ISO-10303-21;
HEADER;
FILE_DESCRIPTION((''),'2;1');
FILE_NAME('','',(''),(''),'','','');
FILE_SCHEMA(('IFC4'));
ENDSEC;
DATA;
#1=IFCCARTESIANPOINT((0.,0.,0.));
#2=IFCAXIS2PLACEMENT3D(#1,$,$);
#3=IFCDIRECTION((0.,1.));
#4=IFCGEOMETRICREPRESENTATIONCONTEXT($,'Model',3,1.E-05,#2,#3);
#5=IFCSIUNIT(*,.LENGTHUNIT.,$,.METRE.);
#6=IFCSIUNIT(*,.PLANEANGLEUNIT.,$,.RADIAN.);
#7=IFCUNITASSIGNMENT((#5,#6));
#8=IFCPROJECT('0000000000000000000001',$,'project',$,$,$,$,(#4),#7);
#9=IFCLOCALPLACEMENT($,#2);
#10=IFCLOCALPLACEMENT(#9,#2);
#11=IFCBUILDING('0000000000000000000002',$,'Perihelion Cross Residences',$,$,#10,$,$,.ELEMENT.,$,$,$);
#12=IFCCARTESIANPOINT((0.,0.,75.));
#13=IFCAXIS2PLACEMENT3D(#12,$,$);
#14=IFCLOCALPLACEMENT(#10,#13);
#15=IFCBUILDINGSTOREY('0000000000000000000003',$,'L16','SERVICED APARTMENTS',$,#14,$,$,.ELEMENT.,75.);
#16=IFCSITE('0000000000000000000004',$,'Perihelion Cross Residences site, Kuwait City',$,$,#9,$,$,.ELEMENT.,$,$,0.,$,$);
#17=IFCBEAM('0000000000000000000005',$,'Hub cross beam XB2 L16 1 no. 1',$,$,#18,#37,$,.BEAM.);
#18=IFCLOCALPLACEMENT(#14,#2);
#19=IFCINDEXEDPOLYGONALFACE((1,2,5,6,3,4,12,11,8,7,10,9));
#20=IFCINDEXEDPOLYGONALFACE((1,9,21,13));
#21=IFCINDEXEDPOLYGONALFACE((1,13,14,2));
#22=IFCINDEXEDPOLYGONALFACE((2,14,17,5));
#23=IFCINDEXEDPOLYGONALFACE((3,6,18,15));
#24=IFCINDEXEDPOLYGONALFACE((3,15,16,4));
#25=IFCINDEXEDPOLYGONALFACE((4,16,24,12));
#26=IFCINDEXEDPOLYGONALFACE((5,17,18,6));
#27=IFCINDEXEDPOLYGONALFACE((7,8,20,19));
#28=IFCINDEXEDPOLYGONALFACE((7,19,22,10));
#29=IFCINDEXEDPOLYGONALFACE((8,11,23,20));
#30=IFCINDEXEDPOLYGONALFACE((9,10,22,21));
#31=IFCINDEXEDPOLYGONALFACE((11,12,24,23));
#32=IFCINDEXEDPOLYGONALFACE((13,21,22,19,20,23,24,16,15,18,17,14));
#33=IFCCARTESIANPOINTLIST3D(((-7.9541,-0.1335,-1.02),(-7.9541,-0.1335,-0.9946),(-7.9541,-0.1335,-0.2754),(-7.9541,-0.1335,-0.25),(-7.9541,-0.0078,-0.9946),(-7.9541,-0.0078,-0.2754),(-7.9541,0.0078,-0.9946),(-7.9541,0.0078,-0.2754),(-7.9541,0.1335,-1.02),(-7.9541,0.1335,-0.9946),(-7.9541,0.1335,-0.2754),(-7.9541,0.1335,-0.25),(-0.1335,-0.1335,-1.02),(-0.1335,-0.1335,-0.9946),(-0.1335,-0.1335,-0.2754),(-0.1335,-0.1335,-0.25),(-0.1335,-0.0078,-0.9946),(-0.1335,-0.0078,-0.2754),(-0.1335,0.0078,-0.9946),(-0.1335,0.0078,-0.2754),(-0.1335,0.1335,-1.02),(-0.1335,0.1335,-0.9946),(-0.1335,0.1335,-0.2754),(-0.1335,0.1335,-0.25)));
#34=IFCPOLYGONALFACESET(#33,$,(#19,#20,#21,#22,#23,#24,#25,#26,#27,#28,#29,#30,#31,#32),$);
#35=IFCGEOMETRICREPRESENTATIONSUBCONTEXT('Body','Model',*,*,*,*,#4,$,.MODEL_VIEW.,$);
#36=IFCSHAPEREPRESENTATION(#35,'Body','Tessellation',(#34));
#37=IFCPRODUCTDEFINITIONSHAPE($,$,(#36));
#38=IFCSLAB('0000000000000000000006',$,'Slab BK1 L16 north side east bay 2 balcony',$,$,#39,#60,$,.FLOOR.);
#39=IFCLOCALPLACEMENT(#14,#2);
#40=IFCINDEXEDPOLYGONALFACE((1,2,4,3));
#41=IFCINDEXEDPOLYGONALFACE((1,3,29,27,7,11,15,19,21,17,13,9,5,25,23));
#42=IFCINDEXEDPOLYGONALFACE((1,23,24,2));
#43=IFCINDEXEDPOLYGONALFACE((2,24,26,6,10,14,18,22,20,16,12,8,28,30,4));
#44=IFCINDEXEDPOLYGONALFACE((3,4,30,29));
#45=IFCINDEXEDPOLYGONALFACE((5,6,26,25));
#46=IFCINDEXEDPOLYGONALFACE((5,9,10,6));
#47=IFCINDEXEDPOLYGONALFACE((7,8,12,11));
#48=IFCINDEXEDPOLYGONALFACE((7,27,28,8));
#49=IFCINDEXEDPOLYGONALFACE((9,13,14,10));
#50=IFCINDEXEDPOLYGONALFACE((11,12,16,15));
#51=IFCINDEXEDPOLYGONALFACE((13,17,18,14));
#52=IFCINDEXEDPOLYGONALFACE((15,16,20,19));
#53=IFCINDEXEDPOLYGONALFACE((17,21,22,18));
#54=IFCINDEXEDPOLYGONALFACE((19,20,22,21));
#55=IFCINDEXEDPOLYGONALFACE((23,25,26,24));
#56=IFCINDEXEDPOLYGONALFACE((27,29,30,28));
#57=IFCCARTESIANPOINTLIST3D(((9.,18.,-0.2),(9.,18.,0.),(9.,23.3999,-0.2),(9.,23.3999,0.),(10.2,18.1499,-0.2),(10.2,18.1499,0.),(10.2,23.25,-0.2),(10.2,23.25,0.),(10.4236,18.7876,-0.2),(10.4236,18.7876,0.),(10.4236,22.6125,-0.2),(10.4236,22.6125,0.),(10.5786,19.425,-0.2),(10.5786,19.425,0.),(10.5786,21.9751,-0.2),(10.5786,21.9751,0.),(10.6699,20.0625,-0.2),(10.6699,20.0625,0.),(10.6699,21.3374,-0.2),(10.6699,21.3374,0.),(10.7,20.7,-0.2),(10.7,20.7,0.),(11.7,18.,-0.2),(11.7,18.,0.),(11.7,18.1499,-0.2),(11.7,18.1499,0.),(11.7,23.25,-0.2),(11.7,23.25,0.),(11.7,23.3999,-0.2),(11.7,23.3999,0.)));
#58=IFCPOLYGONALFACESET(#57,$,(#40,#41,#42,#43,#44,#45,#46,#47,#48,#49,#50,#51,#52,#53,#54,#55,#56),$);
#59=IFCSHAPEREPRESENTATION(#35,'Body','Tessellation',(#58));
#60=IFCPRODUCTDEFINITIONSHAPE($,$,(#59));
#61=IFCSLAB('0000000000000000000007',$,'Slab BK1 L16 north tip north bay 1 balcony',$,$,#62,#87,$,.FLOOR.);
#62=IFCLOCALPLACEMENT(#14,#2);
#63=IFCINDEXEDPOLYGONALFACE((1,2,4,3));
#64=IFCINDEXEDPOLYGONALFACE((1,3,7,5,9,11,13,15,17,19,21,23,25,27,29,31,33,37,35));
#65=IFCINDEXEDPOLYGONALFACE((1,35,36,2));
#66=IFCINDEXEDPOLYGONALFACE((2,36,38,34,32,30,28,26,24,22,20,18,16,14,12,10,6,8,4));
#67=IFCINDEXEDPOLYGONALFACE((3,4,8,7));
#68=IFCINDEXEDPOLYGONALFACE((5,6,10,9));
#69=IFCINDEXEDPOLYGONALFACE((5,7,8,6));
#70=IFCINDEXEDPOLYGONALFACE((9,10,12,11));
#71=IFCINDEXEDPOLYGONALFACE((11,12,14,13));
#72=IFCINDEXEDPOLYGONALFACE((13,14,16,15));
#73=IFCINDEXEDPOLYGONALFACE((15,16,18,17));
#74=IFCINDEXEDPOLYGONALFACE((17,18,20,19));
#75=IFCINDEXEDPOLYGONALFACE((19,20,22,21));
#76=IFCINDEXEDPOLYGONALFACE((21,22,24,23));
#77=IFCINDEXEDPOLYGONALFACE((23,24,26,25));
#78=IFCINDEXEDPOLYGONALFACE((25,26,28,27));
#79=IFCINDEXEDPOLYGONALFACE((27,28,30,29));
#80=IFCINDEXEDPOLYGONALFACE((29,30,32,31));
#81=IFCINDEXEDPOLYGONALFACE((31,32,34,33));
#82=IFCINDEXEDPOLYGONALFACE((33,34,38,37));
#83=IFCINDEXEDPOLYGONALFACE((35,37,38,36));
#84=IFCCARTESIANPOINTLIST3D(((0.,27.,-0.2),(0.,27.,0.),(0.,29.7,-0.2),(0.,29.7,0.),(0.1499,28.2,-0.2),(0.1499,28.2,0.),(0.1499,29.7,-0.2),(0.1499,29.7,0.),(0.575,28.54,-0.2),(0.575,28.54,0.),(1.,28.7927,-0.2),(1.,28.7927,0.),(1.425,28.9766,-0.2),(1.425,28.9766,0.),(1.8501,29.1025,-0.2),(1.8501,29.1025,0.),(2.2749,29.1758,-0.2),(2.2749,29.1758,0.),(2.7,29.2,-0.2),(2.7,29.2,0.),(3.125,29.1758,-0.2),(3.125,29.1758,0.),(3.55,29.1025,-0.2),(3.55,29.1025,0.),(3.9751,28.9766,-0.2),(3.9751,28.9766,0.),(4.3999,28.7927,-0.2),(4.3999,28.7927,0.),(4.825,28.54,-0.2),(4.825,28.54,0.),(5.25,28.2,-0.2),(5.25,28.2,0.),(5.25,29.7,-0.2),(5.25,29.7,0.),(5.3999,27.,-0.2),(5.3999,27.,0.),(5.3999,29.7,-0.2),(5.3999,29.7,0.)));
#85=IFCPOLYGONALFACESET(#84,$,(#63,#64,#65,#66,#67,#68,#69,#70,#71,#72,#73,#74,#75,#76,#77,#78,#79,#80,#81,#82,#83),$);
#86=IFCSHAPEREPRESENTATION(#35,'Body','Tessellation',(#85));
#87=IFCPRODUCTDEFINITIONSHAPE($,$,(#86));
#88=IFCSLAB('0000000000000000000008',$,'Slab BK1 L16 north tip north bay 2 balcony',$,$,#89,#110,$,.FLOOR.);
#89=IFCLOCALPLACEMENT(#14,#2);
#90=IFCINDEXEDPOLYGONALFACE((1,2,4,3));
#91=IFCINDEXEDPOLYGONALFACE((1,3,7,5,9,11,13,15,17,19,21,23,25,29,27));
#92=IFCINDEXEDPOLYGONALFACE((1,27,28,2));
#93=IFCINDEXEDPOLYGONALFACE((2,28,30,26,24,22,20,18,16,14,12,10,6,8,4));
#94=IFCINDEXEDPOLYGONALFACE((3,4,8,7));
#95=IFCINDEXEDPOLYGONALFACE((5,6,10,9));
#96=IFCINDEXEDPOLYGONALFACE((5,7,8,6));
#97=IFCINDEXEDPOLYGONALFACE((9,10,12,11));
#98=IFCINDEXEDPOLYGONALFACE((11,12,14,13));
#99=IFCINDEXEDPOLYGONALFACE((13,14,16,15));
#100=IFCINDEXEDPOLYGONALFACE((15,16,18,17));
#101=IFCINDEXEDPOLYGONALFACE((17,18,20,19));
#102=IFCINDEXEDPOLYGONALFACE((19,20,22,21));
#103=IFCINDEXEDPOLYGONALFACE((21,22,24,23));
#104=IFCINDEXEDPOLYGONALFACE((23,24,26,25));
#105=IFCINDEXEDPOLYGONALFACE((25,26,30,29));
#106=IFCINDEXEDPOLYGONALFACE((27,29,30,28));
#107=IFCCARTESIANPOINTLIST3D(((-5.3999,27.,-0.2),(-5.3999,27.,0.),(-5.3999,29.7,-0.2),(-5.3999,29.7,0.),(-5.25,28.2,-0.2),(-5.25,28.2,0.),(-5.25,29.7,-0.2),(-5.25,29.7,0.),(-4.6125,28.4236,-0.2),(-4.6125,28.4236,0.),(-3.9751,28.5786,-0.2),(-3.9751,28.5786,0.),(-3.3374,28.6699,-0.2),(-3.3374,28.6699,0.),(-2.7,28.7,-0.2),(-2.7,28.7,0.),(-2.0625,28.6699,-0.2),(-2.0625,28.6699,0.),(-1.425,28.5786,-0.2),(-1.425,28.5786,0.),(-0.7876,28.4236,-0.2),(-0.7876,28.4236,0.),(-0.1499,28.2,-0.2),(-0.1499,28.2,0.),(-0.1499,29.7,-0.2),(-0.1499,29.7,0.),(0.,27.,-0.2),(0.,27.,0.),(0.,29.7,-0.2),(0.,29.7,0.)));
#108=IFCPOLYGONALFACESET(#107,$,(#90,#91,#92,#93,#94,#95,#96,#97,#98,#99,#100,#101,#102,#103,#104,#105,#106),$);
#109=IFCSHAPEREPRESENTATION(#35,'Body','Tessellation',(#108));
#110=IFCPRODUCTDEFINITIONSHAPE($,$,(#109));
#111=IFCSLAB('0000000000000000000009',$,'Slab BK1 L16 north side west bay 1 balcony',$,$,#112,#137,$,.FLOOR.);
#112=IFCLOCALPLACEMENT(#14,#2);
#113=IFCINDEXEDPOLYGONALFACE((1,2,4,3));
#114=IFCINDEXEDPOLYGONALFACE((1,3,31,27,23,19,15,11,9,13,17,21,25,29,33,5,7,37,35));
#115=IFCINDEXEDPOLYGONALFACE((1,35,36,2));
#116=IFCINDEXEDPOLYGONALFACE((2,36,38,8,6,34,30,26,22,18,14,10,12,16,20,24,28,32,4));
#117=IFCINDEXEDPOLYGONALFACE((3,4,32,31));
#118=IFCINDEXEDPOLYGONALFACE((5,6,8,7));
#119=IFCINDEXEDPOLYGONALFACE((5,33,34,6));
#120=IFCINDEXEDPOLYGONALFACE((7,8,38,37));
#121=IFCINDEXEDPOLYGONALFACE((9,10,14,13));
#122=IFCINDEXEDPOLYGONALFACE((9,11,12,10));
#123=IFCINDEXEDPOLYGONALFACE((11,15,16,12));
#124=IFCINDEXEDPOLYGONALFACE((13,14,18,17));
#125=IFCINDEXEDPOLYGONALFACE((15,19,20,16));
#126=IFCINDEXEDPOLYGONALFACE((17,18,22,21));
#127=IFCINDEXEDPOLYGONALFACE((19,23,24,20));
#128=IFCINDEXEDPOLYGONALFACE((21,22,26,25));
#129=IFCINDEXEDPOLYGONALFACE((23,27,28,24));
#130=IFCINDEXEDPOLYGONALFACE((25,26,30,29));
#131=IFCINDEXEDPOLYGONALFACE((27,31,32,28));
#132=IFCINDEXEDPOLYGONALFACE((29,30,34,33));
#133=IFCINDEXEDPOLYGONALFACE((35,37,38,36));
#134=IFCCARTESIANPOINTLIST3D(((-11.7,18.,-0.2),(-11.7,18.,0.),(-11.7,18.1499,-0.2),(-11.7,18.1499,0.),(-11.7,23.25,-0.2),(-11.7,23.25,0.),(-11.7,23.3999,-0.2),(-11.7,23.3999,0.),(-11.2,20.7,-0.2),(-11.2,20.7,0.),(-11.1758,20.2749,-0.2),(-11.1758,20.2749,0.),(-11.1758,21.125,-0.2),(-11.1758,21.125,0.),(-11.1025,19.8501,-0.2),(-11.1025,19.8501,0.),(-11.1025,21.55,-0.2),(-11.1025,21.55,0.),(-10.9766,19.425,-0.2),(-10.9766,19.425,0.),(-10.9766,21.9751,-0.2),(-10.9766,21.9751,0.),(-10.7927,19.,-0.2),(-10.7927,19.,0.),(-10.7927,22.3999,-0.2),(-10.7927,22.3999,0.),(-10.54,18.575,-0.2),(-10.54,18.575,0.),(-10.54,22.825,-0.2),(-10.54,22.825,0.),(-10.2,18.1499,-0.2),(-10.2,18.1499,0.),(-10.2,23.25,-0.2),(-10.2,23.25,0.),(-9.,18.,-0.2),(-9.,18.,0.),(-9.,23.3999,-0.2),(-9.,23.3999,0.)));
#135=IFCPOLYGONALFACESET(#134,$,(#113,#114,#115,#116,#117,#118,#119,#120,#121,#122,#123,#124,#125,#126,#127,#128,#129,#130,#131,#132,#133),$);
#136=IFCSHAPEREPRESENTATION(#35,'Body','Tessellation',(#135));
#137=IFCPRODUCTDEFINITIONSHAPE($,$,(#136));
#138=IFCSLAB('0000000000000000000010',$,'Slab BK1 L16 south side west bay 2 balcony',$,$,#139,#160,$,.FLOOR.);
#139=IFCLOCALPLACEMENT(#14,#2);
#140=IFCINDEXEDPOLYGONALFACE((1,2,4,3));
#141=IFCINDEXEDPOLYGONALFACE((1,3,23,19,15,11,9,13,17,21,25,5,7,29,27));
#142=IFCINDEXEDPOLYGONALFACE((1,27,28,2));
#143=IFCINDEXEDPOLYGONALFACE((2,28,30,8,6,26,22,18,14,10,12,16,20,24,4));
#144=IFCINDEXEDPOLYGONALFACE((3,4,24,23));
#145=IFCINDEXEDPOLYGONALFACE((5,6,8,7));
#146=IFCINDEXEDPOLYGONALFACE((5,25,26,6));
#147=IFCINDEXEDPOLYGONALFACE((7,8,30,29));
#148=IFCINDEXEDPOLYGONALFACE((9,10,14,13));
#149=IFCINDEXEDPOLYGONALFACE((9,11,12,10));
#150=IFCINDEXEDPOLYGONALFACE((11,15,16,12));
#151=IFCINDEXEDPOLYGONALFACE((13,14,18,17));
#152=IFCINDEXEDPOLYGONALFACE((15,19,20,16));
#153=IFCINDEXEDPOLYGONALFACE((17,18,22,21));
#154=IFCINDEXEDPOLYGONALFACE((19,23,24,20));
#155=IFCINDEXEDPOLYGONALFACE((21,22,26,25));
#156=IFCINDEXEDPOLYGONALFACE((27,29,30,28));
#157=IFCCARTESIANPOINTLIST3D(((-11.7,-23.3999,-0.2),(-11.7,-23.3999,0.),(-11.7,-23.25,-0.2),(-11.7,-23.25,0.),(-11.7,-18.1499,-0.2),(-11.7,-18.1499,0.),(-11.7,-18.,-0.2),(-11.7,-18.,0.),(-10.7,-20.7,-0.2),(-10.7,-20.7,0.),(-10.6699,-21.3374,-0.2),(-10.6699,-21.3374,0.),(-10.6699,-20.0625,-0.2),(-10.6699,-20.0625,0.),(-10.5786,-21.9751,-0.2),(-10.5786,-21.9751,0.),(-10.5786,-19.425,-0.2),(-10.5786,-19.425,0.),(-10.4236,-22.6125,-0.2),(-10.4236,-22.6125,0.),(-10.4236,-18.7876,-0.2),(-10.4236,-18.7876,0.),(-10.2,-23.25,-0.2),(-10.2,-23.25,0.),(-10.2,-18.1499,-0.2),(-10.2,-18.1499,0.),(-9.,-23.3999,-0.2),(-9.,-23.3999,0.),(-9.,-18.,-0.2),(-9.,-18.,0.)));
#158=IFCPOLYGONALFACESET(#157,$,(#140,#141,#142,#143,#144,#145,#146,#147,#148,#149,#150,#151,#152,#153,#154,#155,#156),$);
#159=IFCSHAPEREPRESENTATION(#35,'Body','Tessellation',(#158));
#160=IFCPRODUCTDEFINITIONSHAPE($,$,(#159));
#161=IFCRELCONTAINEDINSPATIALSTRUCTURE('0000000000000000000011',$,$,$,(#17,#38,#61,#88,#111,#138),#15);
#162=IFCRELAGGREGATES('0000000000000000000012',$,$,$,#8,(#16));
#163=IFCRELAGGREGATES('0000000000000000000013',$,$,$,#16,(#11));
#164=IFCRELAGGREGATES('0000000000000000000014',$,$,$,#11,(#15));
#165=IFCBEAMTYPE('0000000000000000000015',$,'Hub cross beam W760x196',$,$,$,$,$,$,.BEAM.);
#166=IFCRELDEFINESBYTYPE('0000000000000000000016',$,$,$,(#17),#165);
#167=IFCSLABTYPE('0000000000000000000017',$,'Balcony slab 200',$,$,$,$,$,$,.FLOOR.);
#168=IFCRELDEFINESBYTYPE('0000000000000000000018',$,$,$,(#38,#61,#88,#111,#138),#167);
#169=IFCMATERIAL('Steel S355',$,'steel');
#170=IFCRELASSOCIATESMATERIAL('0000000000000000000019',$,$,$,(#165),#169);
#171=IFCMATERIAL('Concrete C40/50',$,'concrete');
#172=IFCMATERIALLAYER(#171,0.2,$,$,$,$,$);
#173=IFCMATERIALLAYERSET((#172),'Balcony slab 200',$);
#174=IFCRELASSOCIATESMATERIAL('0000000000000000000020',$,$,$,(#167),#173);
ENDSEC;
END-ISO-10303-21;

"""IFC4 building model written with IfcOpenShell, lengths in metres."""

from ifc_helpers import new_model, si_unit, direction, frame, origin, origin_2d, place, context, subcontext, project, spatial, polyline, i_section, outline, extrude, material, layer, layer_set, material_profile, profile_set, type_object, element, save


model = new_model("IFC4")

# Units and contexts
model_context = context("Model", 3, precision=1e-05, world=origin(), true_north=direction((0.0, 1.0)))
body_context = subcontext(model_context, "Body", "Model", "MODEL_VIEW")
ifc_project = project(units=[si_unit("LENGTHUNIT", "METRE"), si_unit("PLANEANGLEUNIT", "RADIAN")], contexts=[model_context])

# Site, building, storey
site_placement = place(None, origin())
site = spatial("IfcSite", under=ifc_project, at=site_placement, Name="Perihelion Cross Residences site, Kuwait City", CompositionType="ELEMENT", RefElevation=0.0)
building_placement = place(site_placement, origin())
building = spatial("IfcBuilding", under=site, at=building_placement, Name="Perihelion Cross Residences", CompositionType="ELEMENT")
storey_placement = place(building_placement, frame((0.0, 0.0, 75.0)))
storey = spatial("IfcBuildingStorey", under=building, at=storey_placement, Name="L16", Description="SERVICED APARTMENTS", CompositionType="ELEMENT", Elevation=75.0)

# Beam
ifc_material_1 = material(Name="Steel S355", Category="steel")
ifc_material_profile = material_profile(ifc_material_1, i_section(OverallWidth=0.2671, OverallDepth=0.77, WebThickness=0.0156, FlangeThickness=0.0254, at=origin_2d()), Name="W760x196")
ifc_profile_set = profile_set([ifc_material_profile], Name="Steel S355")
beam_type = type_object("IfcBeamType", Name="Hub cross beam W760x196", PredefinedType="BEAM", material=ifc_profile_set)
beam_placement = place(storey_placement, frame((-7.9541, 0.0, -0.635), z_axis=(1.0, 0.0, 0.0), x_axis=(0.0, 1.0, 0.0)))
element("IfcBeam", 1, at=beam_placement, inside=storey, type_object=beam_type, Name="Hub cross beam XB2 L16 1 no. 1", PredefinedType="BEAM", context=body_context, shape_type="SweptSolid", body=[
    extrude(i_section(OverallWidth=0.2671, OverallDepth=0.77, WebThickness=0.0156, FlangeThickness=0.0254, at=origin_2d()), origin(), (0.0, 0.0, 1.0), 7.8206),
])

# Slabs
ifc_material_2 = material(Name="Concrete C40/50", Category="concrete")
ifc_layer_1 = layer(ifc_material_2, 0.2)
ifc_layer_set_1 = layer_set([ifc_layer_1], Name="Balcony slab 200")
slab_type_1 = type_object("IfcSlabType", Name="Balcony slab 200", PredefinedType="FLOOR", material=ifc_layer_set_1)
slab_1_placement = place(storey_placement, frame((0.0, 0.0, -0.2)))
element("IfcSlab", 2, at=slab_1_placement, inside=storey, type_object=slab_type_1, Name="Slab BK1 L16 north side east bay 2 balcony", PredefinedType="FLOOR", context=body_context, shape_type="SweptSolid", body=[
    extrude(outline(polyline([(9.0, 18.0), (9.0, 23.3999), (11.7, 23.3999), (11.7, 23.25), (10.2, 23.25), (10.4236, 22.6125), (10.5786, 21.9751), (10.6699, 21.3374), (10.7, 20.7), (10.6699, 20.0625), (10.5786, 19.425), (10.4236, 18.7876), (10.2, 18.1499), (11.7, 18.1499), (11.7, 18.0), (9.0, 18.0)])), origin(), (0.0, 0.0, 1.0), 0.2),
])
slab_2_placement = place(storey_placement, frame((0.0, 0.0, -0.2)))
element("IfcSlab", 3, at=slab_2_placement, inside=storey, type_object=slab_type_1, Name="Slab BK1 L16 north tip north bay 1 balcony", PredefinedType="FLOOR", context=body_context, shape_type="SweptSolid", body=[
    extrude(outline(polyline([(5.3999, 27.0), (0.0, 27.0), (0.0, 29.7), (0.1499, 29.7), (0.1499, 28.2), (0.575, 28.54), (1.0, 28.7927), (1.425, 28.9766), (1.8501, 29.1025), (2.2749, 29.1758), (2.7, 29.2), (3.125, 29.1758), (3.55, 29.1025), (3.9751, 28.9766), (4.3999, 28.7927), (4.825, 28.54), (5.25, 28.2), (5.25, 29.7), (5.3999, 29.7), (5.3999, 27.0)])), origin(), (0.0, 0.0, 1.0), 0.2),
])
slab_3_placement = place(storey_placement, frame((0.0, 0.0, -0.2)))
element("IfcSlab", 4, at=slab_3_placement, inside=storey, type_object=slab_type_1, Name="Slab BK1 L16 north tip north bay 2 balcony", PredefinedType="FLOOR", context=body_context, shape_type="SweptSolid", body=[
    extrude(outline(polyline([(0.0, 27.0), (-5.3999, 27.0), (-5.3999, 29.7), (-5.25, 29.7), (-5.25, 28.2), (-4.6125, 28.4236), (-3.9751, 28.5786), (-3.3374, 28.6699), (-2.7, 28.7), (-2.0625, 28.6699), (-1.425, 28.5786), (-0.7876, 28.4236), (-0.1499, 28.2), (-0.1499, 29.7), (0.0, 29.7), (0.0, 27.0)])), origin(), (0.0, 0.0, 1.0), 0.2),
])
slab_4_placement = place(storey_placement, frame((0.0, 0.0, -0.2)))
element("IfcSlab", 5, at=slab_4_placement, inside=storey, type_object=slab_type_1, Name="Slab BK1 L16 north side west bay 1 balcony", PredefinedType="FLOOR", context=body_context, shape_type="SweptSolid", body=[
    extrude(outline(polyline([(-9.0, 23.3999), (-9.0, 18.0), (-11.7, 18.0), (-11.7, 18.1499), (-10.2, 18.1499), (-10.54, 18.575), (-10.7927, 19.0), (-10.9766, 19.425), (-11.1025, 19.8501), (-11.1758, 20.2749), (-11.2, 20.7), (-11.1758, 21.125), (-11.1025, 21.55), (-10.9766, 21.9751), (-10.7927, 22.3999), (-10.54, 22.825), (-10.2, 23.25), (-11.7, 23.25), (-11.7, 23.3999), (-9.0, 23.3999)])), origin(), (0.0, 0.0, 1.0), 0.2),
])
slab_5_placement = place(storey_placement, frame((0.0, 0.0, -0.2)))
element("IfcSlab", 6, at=slab_5_placement, inside=storey, type_object=slab_type_1, Name="Slab BK1 L16 south side west bay 2 balcony", PredefinedType="FLOOR", context=body_context, shape_type="SweptSolid", body=[
    extrude(outline(polyline([(-9.0, -18.0), (-9.0, -23.3999), (-11.7, -23.3999), (-11.7, -23.25), (-10.2, -23.25), (-10.4236, -22.6125), (-10.5786, -21.9751), (-10.6699, -21.3374), (-10.7, -20.7), (-10.6699, -20.0625), (-10.5786, -19.425), (-10.4236, -18.7876), (-10.2, -18.1499), (-11.7, -18.1499), (-11.7, -18.0), (-9.0, -18.0)])), origin(), (0.0, 0.0, 1.0), 0.2),
])

save(model, "model.ifc")
